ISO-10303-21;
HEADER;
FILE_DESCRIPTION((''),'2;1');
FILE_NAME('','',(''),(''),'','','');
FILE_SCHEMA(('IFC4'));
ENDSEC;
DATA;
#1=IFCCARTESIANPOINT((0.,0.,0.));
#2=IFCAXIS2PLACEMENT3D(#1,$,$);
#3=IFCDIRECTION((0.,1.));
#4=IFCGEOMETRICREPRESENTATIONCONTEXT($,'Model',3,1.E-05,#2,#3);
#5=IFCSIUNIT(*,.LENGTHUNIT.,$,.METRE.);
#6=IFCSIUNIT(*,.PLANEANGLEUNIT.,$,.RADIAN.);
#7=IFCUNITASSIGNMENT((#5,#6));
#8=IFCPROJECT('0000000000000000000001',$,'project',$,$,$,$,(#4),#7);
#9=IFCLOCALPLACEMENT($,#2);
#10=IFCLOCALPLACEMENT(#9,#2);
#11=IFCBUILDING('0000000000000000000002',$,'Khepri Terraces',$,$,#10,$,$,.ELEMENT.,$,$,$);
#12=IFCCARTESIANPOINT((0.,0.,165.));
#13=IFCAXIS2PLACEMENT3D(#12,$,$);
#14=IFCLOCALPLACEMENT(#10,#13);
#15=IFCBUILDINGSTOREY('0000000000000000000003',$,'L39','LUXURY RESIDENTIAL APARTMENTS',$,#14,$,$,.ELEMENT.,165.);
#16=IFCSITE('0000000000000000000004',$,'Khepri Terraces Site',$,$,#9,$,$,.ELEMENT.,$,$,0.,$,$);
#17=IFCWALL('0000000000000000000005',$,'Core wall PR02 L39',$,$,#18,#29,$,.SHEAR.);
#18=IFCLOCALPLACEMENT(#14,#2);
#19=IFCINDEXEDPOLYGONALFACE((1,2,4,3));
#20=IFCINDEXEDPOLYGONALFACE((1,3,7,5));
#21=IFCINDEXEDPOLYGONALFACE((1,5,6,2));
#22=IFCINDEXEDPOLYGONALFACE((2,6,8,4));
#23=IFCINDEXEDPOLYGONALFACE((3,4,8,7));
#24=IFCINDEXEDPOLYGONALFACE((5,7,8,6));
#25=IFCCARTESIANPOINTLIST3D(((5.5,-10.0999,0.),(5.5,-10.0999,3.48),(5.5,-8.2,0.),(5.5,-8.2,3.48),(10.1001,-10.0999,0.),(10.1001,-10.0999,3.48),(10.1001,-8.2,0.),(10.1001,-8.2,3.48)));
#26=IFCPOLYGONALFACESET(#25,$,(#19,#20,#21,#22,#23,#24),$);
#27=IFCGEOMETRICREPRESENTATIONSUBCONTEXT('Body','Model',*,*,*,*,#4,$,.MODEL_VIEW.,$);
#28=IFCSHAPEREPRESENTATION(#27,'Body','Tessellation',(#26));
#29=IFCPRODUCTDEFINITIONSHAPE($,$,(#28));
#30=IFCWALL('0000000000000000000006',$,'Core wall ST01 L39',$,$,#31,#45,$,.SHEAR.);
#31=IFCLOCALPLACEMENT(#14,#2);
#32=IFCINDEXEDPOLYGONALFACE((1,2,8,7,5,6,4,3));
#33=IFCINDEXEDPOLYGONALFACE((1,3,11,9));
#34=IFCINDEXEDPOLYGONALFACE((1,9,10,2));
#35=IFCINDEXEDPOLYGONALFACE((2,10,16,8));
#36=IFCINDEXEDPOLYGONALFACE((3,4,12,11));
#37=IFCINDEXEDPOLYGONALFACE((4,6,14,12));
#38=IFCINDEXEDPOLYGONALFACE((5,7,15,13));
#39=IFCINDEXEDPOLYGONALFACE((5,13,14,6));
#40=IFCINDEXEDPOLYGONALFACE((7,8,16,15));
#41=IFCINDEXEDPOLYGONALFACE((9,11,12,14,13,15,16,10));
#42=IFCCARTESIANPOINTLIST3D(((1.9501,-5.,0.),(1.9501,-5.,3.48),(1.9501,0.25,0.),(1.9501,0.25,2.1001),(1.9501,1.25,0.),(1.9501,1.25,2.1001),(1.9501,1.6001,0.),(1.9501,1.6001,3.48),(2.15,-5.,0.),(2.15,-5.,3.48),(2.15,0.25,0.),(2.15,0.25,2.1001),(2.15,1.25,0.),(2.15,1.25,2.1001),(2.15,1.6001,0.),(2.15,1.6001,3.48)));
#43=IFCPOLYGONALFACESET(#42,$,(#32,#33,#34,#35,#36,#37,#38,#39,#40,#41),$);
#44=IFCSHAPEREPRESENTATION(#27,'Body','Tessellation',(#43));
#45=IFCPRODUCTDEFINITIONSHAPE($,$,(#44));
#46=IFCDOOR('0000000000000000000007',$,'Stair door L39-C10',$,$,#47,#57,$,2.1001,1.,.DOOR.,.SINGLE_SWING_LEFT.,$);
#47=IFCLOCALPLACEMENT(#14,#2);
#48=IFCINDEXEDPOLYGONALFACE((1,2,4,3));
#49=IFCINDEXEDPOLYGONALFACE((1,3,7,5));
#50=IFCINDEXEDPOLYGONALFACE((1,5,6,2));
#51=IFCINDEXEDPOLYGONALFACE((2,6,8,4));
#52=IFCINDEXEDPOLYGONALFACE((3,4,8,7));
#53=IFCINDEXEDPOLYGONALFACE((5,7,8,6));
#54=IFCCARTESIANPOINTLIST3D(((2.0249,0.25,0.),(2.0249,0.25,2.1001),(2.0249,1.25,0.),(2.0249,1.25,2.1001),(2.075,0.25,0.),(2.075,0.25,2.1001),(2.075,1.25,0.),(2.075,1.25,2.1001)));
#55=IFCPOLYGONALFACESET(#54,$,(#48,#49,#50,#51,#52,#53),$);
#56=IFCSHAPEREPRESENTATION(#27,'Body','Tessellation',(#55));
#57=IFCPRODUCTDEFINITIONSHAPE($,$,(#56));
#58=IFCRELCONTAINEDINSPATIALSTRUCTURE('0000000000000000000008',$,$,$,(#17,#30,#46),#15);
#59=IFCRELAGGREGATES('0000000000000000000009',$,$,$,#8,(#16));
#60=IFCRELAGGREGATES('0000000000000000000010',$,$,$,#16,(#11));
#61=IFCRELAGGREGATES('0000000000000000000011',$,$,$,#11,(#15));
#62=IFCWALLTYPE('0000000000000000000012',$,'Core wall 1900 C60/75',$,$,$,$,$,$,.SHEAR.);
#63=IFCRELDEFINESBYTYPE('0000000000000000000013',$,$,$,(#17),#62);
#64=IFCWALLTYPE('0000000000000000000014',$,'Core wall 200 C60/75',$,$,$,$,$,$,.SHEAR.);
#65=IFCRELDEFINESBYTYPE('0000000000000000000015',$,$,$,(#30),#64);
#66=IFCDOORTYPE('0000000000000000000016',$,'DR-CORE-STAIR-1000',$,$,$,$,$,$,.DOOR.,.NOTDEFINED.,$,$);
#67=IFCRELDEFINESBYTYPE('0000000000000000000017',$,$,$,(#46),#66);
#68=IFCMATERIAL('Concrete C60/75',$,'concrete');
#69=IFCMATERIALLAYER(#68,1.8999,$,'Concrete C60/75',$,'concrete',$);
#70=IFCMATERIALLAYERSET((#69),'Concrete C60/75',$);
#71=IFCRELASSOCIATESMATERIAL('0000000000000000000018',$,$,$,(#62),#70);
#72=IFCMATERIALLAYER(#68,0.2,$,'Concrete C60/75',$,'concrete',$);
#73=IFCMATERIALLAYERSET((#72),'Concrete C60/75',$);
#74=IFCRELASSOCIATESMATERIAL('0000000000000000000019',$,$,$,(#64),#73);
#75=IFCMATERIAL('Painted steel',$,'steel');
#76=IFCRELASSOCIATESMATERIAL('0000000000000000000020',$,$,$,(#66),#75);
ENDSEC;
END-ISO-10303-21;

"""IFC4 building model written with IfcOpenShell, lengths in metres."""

from ifc_helpers import new_model, si_unit, direction, frame, frame_2d, origin, place, context, subcontext, project, spatial, rectangle, extrude, material, layer, layer_set, type_object, element, fill, save


model = new_model("IFC4")

# Units and contexts
model_context = context("Model", 3, precision=1e-05, world=origin(), true_north=direction((0.0, 1.0)))
body_context = subcontext(model_context, "Body", "Model", "MODEL_VIEW")
ifc_project = project(units=[si_unit("LENGTHUNIT", "METRE"), si_unit("PLANEANGLEUNIT", "RADIAN")], contexts=[model_context])

# Site, building, storey
site_placement = place(None, origin())
site = spatial("IfcSite", under=ifc_project, at=site_placement, Name="Khepri Terraces Site", CompositionType="ELEMENT", RefElevation=0.0)
building_placement = place(site_placement, origin())
building = spatial("IfcBuilding", under=site, at=building_placement, Name="Khepri Terraces", CompositionType="ELEMENT")
storey_placement = place(building_placement, frame((0.0, 0.0, 165.0)))
storey = spatial("IfcBuildingStorey", under=building, at=storey_placement, Name="L39", Description="LUXURY RESIDENTIAL APARTMENTS", CompositionType="ELEMENT", Elevation=165.0)

# Wall
ifc_material_1 = material(Name="Concrete C60/75", Category="concrete")
ifc_layer_1 = layer(ifc_material_1, 1.8999, Name="Concrete C60/75", Category="concrete")
ifc_layer_set_1 = layer_set([ifc_layer_1], Name="Concrete C60/75")
wall_type_1 = type_object("IfcWallType", Name="Core wall 1900 C60/75", PredefinedType="SHEAR", material=ifc_layer_set_1)
wall_1_placement = place(storey_placement, frame((5.5, -9.1499, 0.0), z_axis=(0.0, 0.0, 1.0), x_axis=(1.0, 0.0, 0.0)))
element("IfcWall", 1, at=wall_1_placement, inside=storey, type_object=wall_type_1, Name="Core wall PR02 L39", PredefinedType="SHEAR", context=body_context, shape_type="SweptSolid", body=[
    extrude(rectangle(XDim=4.6001, YDim=1.8999, at=frame_2d((2.3, 0.0))), origin(), (0.0, 0.0, 1.0), 3.48),
])

# Wall, opening, door
ifc_layer_2 = layer(ifc_material_1, 0.2, Name="Concrete C60/75", Category="concrete")
ifc_layer_set_2 = layer_set([ifc_layer_2], Name="Concrete C60/75")
wall_type_2 = type_object("IfcWallType", Name="Core wall 200 C60/75", PredefinedType="SHEAR", material=ifc_layer_set_2)
wall_2_placement = place(storey_placement, frame((2.05, -5.0, 0.0), z_axis=(0.0, 0.0, 1.0), x_axis=(0.0, 1.0, 0.0)))
wall_2 = element("IfcWall", 2, at=wall_2_placement, inside=storey, type_object=wall_type_2, Name="Core wall ST01 L39", PredefinedType="SHEAR", context=body_context, shape_type="SweptSolid", body=[
    extrude(rectangle(XDim=6.6001, YDim=0.2, at=frame_2d((3.3, 0.0))), origin(), (0.0, 0.0, 1.0), 3.48),
])
opening_1_placement = place(wall_2_placement, frame((5.25, 0.0, 0.0)))
opening_1 = element("IfcOpeningElement", 3, at=opening_1_placement, cuts=wall_2, PredefinedType="OPENING", context=body_context, shape_type="SweptSolid", body=[
    extrude(rectangle(XDim=1.0, YDim=2.1001, at=frame_2d((0.5, 1.05))), frame((0.0, 0.1099, 0.0), z_axis=(0.0, -1.0, 0.0), x_axis=(1.0, 0.0, 0.0)), (0.0, 0.0, 1.0), 0.22),
])
ifc_material_2 = material(Name="Painted steel", Category="steel")
door_type_1 = type_object("IfcDoorType", Name="DR-CORE-STAIR-1000", OperationType="NOTDEFINED", PredefinedType="DOOR", material=ifc_material_2)
door_1_placement = place(opening_1_placement, frame((1.0, 0.0, 0.0), z_axis=(0.0, 0.0, 1.0), x_axis=(-1.0, 0.0, 0.0)))
door_1 = element("IfcDoor", 4, at=door_1_placement, inside=storey, type_object=door_type_1, Name="Stair door L39-C10", OperationType="SINGLE_SWING_LEFT", OverallHeight=2.1001, OverallWidth=1.0, PredefinedType="DOOR", context=body_context, shape_type="SweptSolid", body=[
    extrude(rectangle(XDim=1.0, YDim=2.1001, at=frame_2d((0.5, 1.05))), frame((0.0, 0.0249, 0.0), z_axis=(0.0, -1.0, 0.0), x_axis=(1.0, 0.0, 0.0)), (0.0, 0.0, 1.0), 0.05),
])
fill(opening_1, door_1)

save(model, "model.ifc")
